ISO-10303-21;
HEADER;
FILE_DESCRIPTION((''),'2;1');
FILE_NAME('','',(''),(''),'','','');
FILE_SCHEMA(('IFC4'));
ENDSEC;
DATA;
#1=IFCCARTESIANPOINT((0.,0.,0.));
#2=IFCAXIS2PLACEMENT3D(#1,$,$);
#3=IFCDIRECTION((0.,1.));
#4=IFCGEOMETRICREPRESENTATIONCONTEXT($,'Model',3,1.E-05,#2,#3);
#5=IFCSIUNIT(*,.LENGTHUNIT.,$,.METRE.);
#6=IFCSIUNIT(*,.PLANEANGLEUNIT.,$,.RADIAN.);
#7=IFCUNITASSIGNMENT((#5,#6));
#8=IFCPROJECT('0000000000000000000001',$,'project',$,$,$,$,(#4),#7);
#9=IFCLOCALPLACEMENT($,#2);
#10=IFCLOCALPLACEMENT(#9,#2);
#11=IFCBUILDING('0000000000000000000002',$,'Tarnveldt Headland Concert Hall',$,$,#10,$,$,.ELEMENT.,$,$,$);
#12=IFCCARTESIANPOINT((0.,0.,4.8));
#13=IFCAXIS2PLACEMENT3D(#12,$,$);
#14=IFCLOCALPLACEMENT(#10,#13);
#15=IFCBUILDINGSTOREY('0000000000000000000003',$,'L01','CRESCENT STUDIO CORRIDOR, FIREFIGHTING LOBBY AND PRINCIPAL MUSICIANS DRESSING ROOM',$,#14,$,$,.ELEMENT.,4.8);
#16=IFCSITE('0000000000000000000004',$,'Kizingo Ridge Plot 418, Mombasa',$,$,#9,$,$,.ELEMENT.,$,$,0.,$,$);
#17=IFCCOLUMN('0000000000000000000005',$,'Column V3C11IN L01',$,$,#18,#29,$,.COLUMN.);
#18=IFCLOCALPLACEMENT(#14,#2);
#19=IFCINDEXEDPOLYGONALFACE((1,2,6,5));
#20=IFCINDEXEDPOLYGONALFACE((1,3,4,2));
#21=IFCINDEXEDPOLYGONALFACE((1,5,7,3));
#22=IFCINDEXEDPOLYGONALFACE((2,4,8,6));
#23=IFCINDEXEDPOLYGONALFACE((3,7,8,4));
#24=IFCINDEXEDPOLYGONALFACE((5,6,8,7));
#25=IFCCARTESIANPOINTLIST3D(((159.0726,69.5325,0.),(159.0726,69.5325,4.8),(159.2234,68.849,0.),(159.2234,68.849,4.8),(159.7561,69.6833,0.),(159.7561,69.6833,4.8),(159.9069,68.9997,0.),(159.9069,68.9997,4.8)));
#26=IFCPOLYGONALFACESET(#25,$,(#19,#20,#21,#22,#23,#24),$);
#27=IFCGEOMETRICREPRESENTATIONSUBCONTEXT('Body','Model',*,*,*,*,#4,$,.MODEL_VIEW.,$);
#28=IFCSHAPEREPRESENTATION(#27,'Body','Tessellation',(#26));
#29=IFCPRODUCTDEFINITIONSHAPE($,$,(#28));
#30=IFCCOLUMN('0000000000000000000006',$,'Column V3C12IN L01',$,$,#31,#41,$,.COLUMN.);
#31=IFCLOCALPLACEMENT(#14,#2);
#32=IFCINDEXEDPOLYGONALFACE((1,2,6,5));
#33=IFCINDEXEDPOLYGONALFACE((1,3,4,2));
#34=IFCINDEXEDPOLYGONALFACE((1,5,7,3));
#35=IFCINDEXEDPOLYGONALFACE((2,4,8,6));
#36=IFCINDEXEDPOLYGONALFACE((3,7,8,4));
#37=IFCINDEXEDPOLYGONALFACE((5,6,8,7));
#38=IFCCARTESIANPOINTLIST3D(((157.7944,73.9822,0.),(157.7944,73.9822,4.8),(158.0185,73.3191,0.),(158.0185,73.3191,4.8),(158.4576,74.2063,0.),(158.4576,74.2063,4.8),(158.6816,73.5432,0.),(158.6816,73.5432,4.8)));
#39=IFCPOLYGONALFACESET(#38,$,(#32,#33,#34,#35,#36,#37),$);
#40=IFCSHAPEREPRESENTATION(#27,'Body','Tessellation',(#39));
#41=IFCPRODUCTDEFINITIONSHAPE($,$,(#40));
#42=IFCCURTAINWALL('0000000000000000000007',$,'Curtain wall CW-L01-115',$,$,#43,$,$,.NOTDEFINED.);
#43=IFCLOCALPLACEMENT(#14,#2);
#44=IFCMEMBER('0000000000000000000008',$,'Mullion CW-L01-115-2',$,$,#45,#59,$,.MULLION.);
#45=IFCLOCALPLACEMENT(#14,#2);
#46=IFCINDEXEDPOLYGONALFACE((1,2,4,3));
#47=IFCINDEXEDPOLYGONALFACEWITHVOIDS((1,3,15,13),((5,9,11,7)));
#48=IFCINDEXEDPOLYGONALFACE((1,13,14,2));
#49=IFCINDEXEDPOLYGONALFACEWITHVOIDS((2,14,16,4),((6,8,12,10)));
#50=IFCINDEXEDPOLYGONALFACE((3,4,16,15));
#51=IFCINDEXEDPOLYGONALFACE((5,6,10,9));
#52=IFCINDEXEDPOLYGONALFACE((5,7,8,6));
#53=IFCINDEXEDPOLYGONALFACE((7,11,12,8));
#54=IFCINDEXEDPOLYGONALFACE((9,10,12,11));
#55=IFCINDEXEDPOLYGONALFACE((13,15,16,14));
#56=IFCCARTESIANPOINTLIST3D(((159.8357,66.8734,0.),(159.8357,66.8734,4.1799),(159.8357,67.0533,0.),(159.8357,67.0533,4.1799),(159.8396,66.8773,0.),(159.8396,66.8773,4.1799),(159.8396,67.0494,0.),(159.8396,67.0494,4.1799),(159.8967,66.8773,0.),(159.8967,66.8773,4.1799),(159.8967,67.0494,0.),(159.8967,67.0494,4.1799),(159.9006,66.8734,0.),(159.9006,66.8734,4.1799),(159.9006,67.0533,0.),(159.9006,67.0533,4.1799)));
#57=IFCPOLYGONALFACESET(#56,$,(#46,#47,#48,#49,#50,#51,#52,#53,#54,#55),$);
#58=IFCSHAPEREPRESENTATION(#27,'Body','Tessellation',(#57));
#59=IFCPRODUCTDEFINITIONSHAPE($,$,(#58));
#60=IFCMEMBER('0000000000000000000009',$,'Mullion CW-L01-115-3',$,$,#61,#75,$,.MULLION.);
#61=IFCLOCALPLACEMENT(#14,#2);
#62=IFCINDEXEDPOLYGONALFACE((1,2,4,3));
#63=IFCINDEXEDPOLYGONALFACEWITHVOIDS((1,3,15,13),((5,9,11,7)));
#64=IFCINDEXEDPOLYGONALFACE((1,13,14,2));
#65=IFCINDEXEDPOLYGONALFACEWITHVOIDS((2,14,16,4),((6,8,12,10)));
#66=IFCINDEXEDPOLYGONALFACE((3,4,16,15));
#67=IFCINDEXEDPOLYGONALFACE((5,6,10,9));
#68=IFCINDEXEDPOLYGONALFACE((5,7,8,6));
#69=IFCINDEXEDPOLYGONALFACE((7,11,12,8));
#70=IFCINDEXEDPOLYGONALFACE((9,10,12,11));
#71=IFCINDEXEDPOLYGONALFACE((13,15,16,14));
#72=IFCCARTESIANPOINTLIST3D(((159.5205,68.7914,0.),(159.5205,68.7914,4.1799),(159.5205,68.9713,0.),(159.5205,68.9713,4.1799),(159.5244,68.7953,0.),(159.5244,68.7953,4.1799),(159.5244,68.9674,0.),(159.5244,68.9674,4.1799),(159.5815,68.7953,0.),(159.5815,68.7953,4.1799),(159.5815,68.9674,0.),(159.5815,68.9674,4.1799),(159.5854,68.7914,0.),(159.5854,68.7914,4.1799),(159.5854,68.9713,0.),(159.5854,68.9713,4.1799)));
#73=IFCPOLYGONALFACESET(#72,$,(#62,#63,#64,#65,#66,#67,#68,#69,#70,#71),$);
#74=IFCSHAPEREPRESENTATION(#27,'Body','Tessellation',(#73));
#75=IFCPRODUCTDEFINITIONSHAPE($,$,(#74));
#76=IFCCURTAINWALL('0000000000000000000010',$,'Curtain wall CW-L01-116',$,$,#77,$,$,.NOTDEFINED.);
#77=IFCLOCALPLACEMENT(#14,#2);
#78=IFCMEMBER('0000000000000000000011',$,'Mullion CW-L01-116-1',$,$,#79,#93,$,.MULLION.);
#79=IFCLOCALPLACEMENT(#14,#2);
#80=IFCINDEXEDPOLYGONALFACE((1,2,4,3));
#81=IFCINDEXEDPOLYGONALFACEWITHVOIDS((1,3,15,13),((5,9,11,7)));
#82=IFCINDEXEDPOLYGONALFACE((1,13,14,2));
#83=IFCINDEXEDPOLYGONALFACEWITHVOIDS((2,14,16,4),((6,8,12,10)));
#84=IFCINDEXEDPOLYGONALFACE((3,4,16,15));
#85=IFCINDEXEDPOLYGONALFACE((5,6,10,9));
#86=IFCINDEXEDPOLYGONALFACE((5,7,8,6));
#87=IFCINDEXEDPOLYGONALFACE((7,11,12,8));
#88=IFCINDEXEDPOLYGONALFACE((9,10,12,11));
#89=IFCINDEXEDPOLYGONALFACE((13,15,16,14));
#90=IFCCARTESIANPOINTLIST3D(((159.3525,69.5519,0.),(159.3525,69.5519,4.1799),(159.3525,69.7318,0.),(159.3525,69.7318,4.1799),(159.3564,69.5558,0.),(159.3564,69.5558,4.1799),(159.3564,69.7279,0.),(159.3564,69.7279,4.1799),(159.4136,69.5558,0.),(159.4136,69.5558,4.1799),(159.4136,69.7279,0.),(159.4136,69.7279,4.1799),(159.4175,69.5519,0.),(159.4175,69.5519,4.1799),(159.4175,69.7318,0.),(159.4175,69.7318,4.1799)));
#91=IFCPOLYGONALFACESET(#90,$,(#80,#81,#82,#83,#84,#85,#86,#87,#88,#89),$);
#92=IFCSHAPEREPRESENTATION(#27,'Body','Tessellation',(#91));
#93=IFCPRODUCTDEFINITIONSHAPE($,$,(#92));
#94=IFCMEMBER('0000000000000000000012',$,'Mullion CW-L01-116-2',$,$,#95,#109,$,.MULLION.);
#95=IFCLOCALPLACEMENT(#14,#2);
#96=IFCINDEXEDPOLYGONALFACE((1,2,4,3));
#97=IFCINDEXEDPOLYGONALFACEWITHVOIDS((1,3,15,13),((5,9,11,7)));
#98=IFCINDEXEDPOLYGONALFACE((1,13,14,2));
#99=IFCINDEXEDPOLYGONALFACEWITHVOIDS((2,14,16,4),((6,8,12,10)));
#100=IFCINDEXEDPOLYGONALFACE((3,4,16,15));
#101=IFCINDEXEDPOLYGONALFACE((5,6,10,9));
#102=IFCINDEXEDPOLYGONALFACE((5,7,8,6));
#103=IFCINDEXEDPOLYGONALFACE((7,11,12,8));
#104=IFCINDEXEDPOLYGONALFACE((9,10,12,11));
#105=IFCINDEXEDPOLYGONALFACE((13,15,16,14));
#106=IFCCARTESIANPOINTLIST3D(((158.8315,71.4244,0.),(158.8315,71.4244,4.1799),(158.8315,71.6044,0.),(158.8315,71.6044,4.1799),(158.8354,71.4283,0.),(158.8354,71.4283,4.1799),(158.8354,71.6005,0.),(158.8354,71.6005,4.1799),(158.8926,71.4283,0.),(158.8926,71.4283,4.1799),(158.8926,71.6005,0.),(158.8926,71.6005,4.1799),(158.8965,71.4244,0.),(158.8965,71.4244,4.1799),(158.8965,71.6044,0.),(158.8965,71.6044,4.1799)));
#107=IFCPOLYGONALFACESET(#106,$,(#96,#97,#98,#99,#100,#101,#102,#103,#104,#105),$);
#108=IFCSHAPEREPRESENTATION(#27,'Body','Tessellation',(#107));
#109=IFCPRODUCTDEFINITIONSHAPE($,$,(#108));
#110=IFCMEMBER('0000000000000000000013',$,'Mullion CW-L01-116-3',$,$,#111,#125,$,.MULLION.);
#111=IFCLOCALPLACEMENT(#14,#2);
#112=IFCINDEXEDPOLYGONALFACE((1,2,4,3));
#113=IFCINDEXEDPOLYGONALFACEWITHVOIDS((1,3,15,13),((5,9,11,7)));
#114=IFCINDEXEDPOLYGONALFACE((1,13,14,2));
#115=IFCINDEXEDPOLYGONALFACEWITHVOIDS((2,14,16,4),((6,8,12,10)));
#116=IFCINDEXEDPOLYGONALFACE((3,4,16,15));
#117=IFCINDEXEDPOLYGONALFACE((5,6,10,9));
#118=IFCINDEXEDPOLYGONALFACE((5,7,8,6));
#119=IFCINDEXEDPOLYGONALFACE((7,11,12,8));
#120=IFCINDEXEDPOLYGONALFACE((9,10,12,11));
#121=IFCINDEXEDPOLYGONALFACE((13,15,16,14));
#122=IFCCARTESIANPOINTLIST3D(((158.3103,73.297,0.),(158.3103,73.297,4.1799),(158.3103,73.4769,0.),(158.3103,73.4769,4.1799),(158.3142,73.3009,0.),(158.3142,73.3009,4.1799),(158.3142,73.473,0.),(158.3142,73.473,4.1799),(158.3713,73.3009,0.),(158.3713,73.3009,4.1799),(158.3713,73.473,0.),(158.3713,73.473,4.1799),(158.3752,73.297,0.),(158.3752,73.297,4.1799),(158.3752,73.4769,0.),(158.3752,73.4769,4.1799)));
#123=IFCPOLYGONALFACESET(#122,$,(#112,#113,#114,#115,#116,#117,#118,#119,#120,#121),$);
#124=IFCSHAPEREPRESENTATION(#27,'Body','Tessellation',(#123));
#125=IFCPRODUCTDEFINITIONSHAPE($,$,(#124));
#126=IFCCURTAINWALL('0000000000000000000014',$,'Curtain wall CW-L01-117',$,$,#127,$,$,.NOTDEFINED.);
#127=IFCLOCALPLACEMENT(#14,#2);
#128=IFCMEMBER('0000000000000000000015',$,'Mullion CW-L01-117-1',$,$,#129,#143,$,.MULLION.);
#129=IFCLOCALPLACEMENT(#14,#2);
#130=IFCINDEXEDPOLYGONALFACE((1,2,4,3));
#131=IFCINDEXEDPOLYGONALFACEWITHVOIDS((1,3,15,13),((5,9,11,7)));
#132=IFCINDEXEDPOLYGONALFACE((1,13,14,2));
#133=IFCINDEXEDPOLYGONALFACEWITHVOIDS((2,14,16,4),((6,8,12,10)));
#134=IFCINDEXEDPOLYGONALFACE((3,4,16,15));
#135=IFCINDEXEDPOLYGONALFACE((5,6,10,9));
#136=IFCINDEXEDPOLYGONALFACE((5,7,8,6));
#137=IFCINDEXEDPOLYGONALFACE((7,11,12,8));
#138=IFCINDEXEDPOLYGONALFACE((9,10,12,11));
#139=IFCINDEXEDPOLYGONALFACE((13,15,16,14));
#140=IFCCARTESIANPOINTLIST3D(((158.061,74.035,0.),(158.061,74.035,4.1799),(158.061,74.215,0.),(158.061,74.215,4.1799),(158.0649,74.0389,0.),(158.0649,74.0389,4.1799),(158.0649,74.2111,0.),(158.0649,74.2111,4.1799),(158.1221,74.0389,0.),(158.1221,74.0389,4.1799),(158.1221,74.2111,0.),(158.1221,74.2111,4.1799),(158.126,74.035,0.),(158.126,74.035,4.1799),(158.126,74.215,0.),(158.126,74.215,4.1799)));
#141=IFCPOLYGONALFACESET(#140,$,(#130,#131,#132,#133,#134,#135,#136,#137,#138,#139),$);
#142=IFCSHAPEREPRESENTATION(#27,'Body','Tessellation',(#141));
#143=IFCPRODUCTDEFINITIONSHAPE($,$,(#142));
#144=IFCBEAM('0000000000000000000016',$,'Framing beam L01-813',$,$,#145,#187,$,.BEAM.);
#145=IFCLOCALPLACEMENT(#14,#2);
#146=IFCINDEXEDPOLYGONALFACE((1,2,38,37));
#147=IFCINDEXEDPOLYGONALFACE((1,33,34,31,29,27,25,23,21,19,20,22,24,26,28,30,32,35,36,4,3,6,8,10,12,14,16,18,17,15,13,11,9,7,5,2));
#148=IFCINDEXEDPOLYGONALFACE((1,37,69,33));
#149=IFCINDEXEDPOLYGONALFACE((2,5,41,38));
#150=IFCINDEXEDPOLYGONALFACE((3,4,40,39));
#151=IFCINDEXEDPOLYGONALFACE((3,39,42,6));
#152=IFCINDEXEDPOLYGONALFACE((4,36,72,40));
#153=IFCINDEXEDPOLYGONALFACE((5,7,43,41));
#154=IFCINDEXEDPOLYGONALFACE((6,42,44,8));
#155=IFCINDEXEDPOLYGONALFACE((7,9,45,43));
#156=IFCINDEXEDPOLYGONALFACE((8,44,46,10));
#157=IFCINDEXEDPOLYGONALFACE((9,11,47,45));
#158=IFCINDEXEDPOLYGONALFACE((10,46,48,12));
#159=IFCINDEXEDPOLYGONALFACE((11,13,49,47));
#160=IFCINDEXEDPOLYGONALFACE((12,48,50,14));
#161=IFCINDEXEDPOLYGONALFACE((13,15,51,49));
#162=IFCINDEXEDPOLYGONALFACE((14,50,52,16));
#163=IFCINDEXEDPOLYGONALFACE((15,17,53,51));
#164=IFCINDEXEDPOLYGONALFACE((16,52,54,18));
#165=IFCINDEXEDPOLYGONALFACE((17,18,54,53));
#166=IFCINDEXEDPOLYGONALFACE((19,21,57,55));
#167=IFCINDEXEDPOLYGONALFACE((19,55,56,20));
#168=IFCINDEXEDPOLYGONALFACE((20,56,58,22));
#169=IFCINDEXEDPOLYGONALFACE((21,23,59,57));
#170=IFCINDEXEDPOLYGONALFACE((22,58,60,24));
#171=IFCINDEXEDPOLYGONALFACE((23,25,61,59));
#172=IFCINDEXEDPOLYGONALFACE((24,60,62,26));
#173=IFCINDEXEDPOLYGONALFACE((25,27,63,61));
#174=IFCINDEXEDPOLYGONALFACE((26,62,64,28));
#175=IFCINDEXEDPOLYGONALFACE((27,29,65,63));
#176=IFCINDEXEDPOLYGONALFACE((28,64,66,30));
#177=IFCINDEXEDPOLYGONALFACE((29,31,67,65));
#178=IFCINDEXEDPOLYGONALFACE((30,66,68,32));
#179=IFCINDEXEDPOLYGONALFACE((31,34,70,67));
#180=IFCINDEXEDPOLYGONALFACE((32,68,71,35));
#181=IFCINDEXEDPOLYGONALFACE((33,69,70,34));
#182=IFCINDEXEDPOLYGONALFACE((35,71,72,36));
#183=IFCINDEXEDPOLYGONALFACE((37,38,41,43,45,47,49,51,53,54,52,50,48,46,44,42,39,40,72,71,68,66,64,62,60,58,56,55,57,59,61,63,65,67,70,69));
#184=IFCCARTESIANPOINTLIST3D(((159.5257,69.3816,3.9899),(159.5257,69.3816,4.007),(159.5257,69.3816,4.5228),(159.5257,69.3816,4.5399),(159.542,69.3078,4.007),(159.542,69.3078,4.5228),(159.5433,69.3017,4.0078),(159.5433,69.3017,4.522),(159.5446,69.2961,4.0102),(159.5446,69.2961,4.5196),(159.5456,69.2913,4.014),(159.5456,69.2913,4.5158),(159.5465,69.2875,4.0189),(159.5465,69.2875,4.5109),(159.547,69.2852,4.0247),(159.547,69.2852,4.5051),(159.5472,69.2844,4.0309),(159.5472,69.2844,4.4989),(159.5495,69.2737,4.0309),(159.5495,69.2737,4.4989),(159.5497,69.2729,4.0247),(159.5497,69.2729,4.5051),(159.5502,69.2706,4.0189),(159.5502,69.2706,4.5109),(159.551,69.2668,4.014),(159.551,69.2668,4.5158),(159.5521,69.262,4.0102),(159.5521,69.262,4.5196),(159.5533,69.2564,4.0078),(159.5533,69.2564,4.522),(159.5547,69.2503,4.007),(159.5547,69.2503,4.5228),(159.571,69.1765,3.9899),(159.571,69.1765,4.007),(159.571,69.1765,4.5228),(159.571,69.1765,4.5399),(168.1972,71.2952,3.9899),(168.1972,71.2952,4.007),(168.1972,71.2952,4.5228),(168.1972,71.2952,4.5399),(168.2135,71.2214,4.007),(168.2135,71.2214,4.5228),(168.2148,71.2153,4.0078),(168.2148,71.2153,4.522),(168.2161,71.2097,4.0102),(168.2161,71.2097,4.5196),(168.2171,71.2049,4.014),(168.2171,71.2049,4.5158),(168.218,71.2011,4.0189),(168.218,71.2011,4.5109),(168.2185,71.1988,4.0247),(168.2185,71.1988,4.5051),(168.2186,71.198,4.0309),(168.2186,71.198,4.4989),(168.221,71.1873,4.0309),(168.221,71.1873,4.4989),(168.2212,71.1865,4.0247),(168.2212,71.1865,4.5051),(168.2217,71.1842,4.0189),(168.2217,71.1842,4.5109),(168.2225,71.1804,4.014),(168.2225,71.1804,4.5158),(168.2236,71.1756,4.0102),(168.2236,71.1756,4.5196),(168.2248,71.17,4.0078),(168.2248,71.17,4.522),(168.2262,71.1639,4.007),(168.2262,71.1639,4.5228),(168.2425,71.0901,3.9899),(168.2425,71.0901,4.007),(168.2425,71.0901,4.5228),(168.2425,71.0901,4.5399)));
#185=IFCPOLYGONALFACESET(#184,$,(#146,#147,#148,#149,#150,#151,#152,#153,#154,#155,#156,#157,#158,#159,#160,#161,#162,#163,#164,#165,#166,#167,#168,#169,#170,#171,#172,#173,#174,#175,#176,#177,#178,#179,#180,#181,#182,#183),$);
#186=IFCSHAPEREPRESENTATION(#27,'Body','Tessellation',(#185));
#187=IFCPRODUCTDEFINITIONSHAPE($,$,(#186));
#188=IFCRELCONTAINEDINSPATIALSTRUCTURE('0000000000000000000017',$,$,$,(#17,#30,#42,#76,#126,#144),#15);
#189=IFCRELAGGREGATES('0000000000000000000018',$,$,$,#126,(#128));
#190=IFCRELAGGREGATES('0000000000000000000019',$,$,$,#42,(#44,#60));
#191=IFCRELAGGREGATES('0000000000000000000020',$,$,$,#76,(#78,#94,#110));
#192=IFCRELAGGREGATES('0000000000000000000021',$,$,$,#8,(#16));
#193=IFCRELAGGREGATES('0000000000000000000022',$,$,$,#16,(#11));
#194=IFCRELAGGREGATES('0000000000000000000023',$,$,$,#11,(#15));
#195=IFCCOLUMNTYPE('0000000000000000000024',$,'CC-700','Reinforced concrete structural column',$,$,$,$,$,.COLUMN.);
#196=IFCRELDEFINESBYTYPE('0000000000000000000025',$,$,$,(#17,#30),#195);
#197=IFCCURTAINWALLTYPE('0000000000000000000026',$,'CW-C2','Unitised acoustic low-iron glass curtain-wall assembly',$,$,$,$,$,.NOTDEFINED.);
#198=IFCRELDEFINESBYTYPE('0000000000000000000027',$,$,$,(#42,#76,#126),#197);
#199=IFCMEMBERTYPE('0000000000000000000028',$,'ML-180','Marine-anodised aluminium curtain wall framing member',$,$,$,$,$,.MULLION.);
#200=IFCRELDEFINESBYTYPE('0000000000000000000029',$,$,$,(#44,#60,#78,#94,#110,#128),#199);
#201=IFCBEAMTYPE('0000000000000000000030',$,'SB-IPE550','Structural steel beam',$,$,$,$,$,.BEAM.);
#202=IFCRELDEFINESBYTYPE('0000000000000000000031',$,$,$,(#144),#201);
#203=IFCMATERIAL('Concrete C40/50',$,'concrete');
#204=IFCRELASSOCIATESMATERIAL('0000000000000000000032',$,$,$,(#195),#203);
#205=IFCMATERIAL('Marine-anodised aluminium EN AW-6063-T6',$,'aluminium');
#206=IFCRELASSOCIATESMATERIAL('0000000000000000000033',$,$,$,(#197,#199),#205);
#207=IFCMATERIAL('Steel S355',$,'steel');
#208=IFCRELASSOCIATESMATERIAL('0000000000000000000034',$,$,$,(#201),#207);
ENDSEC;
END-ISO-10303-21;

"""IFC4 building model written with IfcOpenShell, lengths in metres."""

from ifc_helpers import new_model, si_unit, direction, frame, origin, origin_2d, place, context, subcontext, project, spatial, rectangle, hollow_rectangle, i_section, extrude, material, material_profile, profile_set, type_object, element, aggregate, save


model = new_model("IFC4")

# Units and contexts
model_context = context("Model", 3, precision=1e-05, world=origin(), true_north=direction((0.0, 1.0)))
body_context = subcontext(model_context, "Body", "Model", "MODEL_VIEW")
ifc_project = project(units=[si_unit("LENGTHUNIT", "METRE"), si_unit("PLANEANGLEUNIT", "RADIAN")], contexts=[model_context])

# Site, building, storey
site_placement = place(None, origin())
site = spatial("IfcSite", under=ifc_project, at=site_placement, Name="Kizingo Ridge Plot 418, Mombasa", CompositionType="ELEMENT", RefElevation=0.0)
building_placement = place(site_placement, origin())
building = spatial("IfcBuilding", under=site, at=building_placement, Name="Tarnveldt Headland Concert Hall", CompositionType="ELEMENT")
storey_placement = place(building_placement, frame((0.0, 0.0, 4.8)))
storey = spatial("IfcBuildingStorey", under=building, at=storey_placement, Name="L01", Description="CRESCENT STUDIO CORRIDOR, FIREFIGHTING LOBBY AND PRINCIPAL MUSICIANS DRESSING ROOM", CompositionType="ELEMENT", Elevation=4.8)

# Columns
ifc_material_1 = material(Name="Concrete C40/50", Category="concrete")
ifc_material_profile_1 = material_profile(ifc_material_1, rectangle(XDim=0.7, YDim=0.7, at=origin_2d()), Name="RC 700x700", Category="concrete")
ifc_profile_set_1 = profile_set([ifc_material_profile_1], Name="Concrete C40/50")
column_type = type_object("IfcColumnType", Name="CC-700", Description="Reinforced concrete structural column", PredefinedType="COLUMN", material=ifc_profile_set_1)
for number, where, z_axis, x_axis, name in (
    (1, (159.4897, 69.2661, 0.0), (0.0, 0.0, 1.0), (0.976522, 0.215417, 0.0), "Column V3C11IN L01"),
    (2, (158.238, 73.7627, 0.0), (0.0, 0.0, 1.0), (0.947378, 0.320117, 0.0), "Column V3C12IN L01"),
):
    element("IfcColumn", number, at=place(storey_placement, frame(where, z_axis=z_axis, x_axis=x_axis)), inside=storey, type_object=column_type, Name=name, PredefinedType="COLUMN", context=body_context, shape_type="SweptSolid", body=[
        extrude(rectangle(XDim=0.7, YDim=0.7, at=origin_2d()), origin(), (0.0, 0.0, 1.0), 4.8),
    ])

# Curtain walls, members
ifc_material_2 = material(Name="Marine-anodised aluminium EN AW-6063-T6", Category="aluminium")
curtain_wall_type = type_object("IfcCurtainWallType", Name="CW-C2", Description="Unitised acoustic low-iron glass curtain-wall assembly", PredefinedType="NOTDEFINED", material=ifc_material_2)
curtain_wall_1_placement = place(storey_placement, origin())
curtain_wall_1 = element("IfcCurtainWall", 3, at=curtain_wall_1_placement, inside=storey, type_object=curtain_wall_type, Name="Curtain wall CW-L01-115", PredefinedType="NOTDEFINED")
ifc_material_profile_2 = material_profile(ifc_material_2, hollow_rectangle(XDim=0.0649, YDim=0.1799, WallThickness=0.0039, at=origin_2d()), Name="ALU MULLION 65x180x4", Category="aluminium")
ifc_profile_set_2 = profile_set([ifc_material_profile_2], Name="Marine-anodised aluminium EN AW-6063-T6")
member_type_1 = type_object("IfcMemberType", Name="ML-180", Description="Marine-anodised aluminium curtain wall framing member", PredefinedType="MULLION", material=ifc_profile_set_2)
member_1_placement = place(storey_placement, frame((159.8682, 66.9634, 0.0), z_axis=(0.0, 0.0, 1.0), x_axis=(1.0, 0.0, 0.0)))
member_1 = element("IfcMember", 4, at=member_1_placement, type_object=member_type_1, Name="Mullion CW-L01-115-2", PredefinedType="MULLION", context=body_context, shape_type="SweptSolid", body=[
    extrude(hollow_rectangle(XDim=0.0649, YDim=0.1799, WallThickness=0.0039, at=origin_2d()), origin(), (0.0, 0.0, 1.0), 4.1799),
])
member_2_placement = place(storey_placement, frame((159.553, 68.8813, 0.0), z_axis=(0.0, 0.0, 1.0), x_axis=(1.0, 0.0, 0.0)))
member_2 = element("IfcMember", 5, at=member_2_placement, type_object=member_type_1, Name="Mullion CW-L01-115-3", PredefinedType="MULLION", context=body_context, shape_type="SweptSolid", body=[
    extrude(hollow_rectangle(XDim=0.0649, YDim=0.1799, WallThickness=0.0039, at=origin_2d()), origin(), (0.0, 0.0, 1.0), 4.1799),
])
curtain_wall_2_placement = place(storey_placement, origin())
curtain_wall_2 = element("IfcCurtainWall", 6, at=curtain_wall_2_placement, inside=storey, type_object=curtain_wall_type, Name="Curtain wall CW-L01-116", PredefinedType="NOTDEFINED")
member_3_placement = place(storey_placement, frame((159.385, 69.6418, 0.0), z_axis=(0.0, 0.0, 1.0), x_axis=(1.0, 0.0, 0.0)))
member_3 = element("IfcMember", 7, at=member_3_placement, type_object=member_type_1, Name="Mullion CW-L01-116-1", PredefinedType="MULLION", context=body_context, shape_type="SweptSolid", body=[
    extrude(hollow_rectangle(XDim=0.0649, YDim=0.1799, WallThickness=0.0039, at=origin_2d()), origin(), (0.0, 0.0, 1.0), 4.1799),
])
member_4_placement = place(storey_placement, frame((158.864, 71.5144, 0.0), z_axis=(0.0, 0.0, 1.0), x_axis=(1.0, 0.0, 0.0)))
member_4 = element("IfcMember", 8, at=member_4_placement, type_object=member_type_1, Name="Mullion CW-L01-116-2", PredefinedType="MULLION", context=body_context, shape_type="SweptSolid", body=[
    extrude(hollow_rectangle(XDim=0.0649, YDim=0.1799, WallThickness=0.0039, at=origin_2d()), origin(), (0.0, 0.0, 1.0), 4.1799),
])
member_5_placement = place(storey_placement, frame((158.3428, 73.387, 0.0), z_axis=(0.0, 0.0, 1.0), x_axis=(1.0, 0.0, 0.0)))
member_5 = element("IfcMember", 9, at=member_5_placement, type_object=member_type_1, Name="Mullion CW-L01-116-3", PredefinedType="MULLION", context=body_context, shape_type="SweptSolid", body=[
    extrude(hollow_rectangle(XDim=0.0649, YDim=0.1799, WallThickness=0.0039, at=origin_2d()), origin(), (0.0, 0.0, 1.0), 4.1799),
])

# Curtain wall, member
curtain_wall_3_placement = place(storey_placement, origin())
curtain_wall_3 = element("IfcCurtainWall", 10, at=curtain_wall_3_placement, inside=storey, type_object=curtain_wall_type, Name="Curtain wall CW-L01-117", PredefinedType="NOTDEFINED")
member_6_placement = place(storey_placement, frame((158.0935, 74.125, 0.0), z_axis=(0.0, 0.0, 1.0), x_axis=(1.0, 0.0, 0.0)))
member_6 = element("IfcMember", 11, at=member_6_placement, type_object=member_type_1, Name="Mullion CW-L01-117-1", PredefinedType="MULLION", context=body_context, shape_type="SweptSolid", body=[
    extrude(hollow_rectangle(XDim=0.0649, YDim=0.1799, WallThickness=0.0039, at=origin_2d()), origin(), (0.0, 0.0, 1.0), 4.1799),
])

# Beam
ifc_material_3 = material(Name="Steel S355", Category="steel")
ifc_material_profile_3 = material_profile(ifc_material_3, i_section(OverallWidth=0.21, OverallDepth=0.55, WebThickness=0.011, FlangeThickness=0.0171, FilletRadius=0.0239, at=origin_2d()), Name="IPE550", Category="steel")
ifc_profile_set_3 = profile_set([ifc_material_profile_3], Name="Steel S355")
beam_type_1 = type_object("IfcBeamType", Name="SB-IPE550", Description="Structural steel beam", PredefinedType="BEAM", material=ifc_profile_set_3)
beam_1_placement = place(storey_placement, frame((159.5483, 69.2791, 4.2649), z_axis=(0.976506, 0.215492, 0.0), x_axis=(-0.215492, 0.976506, 0.0)))
element("IfcBeam", 12, at=beam_1_placement, inside=storey, type_object=beam_type_1, Name="Framing beam L01-813", PredefinedType="BEAM", context=body_context, shape_type="SweptSolid", body=[
    extrude(i_section(OverallWidth=0.21, OverallDepth=0.55, WebThickness=0.011, FlangeThickness=0.0171, FilletRadius=0.0239, at=origin_2d()), origin(), (0.0, 0.0, 1.0), 8.8801),
])

aggregate(curtain_wall_3, [member_6])

aggregate(curtain_wall_1, [member_1, member_2])
aggregate(curtain_wall_2, [member_3, member_4, member_5])

save(model, "model.ifc")
